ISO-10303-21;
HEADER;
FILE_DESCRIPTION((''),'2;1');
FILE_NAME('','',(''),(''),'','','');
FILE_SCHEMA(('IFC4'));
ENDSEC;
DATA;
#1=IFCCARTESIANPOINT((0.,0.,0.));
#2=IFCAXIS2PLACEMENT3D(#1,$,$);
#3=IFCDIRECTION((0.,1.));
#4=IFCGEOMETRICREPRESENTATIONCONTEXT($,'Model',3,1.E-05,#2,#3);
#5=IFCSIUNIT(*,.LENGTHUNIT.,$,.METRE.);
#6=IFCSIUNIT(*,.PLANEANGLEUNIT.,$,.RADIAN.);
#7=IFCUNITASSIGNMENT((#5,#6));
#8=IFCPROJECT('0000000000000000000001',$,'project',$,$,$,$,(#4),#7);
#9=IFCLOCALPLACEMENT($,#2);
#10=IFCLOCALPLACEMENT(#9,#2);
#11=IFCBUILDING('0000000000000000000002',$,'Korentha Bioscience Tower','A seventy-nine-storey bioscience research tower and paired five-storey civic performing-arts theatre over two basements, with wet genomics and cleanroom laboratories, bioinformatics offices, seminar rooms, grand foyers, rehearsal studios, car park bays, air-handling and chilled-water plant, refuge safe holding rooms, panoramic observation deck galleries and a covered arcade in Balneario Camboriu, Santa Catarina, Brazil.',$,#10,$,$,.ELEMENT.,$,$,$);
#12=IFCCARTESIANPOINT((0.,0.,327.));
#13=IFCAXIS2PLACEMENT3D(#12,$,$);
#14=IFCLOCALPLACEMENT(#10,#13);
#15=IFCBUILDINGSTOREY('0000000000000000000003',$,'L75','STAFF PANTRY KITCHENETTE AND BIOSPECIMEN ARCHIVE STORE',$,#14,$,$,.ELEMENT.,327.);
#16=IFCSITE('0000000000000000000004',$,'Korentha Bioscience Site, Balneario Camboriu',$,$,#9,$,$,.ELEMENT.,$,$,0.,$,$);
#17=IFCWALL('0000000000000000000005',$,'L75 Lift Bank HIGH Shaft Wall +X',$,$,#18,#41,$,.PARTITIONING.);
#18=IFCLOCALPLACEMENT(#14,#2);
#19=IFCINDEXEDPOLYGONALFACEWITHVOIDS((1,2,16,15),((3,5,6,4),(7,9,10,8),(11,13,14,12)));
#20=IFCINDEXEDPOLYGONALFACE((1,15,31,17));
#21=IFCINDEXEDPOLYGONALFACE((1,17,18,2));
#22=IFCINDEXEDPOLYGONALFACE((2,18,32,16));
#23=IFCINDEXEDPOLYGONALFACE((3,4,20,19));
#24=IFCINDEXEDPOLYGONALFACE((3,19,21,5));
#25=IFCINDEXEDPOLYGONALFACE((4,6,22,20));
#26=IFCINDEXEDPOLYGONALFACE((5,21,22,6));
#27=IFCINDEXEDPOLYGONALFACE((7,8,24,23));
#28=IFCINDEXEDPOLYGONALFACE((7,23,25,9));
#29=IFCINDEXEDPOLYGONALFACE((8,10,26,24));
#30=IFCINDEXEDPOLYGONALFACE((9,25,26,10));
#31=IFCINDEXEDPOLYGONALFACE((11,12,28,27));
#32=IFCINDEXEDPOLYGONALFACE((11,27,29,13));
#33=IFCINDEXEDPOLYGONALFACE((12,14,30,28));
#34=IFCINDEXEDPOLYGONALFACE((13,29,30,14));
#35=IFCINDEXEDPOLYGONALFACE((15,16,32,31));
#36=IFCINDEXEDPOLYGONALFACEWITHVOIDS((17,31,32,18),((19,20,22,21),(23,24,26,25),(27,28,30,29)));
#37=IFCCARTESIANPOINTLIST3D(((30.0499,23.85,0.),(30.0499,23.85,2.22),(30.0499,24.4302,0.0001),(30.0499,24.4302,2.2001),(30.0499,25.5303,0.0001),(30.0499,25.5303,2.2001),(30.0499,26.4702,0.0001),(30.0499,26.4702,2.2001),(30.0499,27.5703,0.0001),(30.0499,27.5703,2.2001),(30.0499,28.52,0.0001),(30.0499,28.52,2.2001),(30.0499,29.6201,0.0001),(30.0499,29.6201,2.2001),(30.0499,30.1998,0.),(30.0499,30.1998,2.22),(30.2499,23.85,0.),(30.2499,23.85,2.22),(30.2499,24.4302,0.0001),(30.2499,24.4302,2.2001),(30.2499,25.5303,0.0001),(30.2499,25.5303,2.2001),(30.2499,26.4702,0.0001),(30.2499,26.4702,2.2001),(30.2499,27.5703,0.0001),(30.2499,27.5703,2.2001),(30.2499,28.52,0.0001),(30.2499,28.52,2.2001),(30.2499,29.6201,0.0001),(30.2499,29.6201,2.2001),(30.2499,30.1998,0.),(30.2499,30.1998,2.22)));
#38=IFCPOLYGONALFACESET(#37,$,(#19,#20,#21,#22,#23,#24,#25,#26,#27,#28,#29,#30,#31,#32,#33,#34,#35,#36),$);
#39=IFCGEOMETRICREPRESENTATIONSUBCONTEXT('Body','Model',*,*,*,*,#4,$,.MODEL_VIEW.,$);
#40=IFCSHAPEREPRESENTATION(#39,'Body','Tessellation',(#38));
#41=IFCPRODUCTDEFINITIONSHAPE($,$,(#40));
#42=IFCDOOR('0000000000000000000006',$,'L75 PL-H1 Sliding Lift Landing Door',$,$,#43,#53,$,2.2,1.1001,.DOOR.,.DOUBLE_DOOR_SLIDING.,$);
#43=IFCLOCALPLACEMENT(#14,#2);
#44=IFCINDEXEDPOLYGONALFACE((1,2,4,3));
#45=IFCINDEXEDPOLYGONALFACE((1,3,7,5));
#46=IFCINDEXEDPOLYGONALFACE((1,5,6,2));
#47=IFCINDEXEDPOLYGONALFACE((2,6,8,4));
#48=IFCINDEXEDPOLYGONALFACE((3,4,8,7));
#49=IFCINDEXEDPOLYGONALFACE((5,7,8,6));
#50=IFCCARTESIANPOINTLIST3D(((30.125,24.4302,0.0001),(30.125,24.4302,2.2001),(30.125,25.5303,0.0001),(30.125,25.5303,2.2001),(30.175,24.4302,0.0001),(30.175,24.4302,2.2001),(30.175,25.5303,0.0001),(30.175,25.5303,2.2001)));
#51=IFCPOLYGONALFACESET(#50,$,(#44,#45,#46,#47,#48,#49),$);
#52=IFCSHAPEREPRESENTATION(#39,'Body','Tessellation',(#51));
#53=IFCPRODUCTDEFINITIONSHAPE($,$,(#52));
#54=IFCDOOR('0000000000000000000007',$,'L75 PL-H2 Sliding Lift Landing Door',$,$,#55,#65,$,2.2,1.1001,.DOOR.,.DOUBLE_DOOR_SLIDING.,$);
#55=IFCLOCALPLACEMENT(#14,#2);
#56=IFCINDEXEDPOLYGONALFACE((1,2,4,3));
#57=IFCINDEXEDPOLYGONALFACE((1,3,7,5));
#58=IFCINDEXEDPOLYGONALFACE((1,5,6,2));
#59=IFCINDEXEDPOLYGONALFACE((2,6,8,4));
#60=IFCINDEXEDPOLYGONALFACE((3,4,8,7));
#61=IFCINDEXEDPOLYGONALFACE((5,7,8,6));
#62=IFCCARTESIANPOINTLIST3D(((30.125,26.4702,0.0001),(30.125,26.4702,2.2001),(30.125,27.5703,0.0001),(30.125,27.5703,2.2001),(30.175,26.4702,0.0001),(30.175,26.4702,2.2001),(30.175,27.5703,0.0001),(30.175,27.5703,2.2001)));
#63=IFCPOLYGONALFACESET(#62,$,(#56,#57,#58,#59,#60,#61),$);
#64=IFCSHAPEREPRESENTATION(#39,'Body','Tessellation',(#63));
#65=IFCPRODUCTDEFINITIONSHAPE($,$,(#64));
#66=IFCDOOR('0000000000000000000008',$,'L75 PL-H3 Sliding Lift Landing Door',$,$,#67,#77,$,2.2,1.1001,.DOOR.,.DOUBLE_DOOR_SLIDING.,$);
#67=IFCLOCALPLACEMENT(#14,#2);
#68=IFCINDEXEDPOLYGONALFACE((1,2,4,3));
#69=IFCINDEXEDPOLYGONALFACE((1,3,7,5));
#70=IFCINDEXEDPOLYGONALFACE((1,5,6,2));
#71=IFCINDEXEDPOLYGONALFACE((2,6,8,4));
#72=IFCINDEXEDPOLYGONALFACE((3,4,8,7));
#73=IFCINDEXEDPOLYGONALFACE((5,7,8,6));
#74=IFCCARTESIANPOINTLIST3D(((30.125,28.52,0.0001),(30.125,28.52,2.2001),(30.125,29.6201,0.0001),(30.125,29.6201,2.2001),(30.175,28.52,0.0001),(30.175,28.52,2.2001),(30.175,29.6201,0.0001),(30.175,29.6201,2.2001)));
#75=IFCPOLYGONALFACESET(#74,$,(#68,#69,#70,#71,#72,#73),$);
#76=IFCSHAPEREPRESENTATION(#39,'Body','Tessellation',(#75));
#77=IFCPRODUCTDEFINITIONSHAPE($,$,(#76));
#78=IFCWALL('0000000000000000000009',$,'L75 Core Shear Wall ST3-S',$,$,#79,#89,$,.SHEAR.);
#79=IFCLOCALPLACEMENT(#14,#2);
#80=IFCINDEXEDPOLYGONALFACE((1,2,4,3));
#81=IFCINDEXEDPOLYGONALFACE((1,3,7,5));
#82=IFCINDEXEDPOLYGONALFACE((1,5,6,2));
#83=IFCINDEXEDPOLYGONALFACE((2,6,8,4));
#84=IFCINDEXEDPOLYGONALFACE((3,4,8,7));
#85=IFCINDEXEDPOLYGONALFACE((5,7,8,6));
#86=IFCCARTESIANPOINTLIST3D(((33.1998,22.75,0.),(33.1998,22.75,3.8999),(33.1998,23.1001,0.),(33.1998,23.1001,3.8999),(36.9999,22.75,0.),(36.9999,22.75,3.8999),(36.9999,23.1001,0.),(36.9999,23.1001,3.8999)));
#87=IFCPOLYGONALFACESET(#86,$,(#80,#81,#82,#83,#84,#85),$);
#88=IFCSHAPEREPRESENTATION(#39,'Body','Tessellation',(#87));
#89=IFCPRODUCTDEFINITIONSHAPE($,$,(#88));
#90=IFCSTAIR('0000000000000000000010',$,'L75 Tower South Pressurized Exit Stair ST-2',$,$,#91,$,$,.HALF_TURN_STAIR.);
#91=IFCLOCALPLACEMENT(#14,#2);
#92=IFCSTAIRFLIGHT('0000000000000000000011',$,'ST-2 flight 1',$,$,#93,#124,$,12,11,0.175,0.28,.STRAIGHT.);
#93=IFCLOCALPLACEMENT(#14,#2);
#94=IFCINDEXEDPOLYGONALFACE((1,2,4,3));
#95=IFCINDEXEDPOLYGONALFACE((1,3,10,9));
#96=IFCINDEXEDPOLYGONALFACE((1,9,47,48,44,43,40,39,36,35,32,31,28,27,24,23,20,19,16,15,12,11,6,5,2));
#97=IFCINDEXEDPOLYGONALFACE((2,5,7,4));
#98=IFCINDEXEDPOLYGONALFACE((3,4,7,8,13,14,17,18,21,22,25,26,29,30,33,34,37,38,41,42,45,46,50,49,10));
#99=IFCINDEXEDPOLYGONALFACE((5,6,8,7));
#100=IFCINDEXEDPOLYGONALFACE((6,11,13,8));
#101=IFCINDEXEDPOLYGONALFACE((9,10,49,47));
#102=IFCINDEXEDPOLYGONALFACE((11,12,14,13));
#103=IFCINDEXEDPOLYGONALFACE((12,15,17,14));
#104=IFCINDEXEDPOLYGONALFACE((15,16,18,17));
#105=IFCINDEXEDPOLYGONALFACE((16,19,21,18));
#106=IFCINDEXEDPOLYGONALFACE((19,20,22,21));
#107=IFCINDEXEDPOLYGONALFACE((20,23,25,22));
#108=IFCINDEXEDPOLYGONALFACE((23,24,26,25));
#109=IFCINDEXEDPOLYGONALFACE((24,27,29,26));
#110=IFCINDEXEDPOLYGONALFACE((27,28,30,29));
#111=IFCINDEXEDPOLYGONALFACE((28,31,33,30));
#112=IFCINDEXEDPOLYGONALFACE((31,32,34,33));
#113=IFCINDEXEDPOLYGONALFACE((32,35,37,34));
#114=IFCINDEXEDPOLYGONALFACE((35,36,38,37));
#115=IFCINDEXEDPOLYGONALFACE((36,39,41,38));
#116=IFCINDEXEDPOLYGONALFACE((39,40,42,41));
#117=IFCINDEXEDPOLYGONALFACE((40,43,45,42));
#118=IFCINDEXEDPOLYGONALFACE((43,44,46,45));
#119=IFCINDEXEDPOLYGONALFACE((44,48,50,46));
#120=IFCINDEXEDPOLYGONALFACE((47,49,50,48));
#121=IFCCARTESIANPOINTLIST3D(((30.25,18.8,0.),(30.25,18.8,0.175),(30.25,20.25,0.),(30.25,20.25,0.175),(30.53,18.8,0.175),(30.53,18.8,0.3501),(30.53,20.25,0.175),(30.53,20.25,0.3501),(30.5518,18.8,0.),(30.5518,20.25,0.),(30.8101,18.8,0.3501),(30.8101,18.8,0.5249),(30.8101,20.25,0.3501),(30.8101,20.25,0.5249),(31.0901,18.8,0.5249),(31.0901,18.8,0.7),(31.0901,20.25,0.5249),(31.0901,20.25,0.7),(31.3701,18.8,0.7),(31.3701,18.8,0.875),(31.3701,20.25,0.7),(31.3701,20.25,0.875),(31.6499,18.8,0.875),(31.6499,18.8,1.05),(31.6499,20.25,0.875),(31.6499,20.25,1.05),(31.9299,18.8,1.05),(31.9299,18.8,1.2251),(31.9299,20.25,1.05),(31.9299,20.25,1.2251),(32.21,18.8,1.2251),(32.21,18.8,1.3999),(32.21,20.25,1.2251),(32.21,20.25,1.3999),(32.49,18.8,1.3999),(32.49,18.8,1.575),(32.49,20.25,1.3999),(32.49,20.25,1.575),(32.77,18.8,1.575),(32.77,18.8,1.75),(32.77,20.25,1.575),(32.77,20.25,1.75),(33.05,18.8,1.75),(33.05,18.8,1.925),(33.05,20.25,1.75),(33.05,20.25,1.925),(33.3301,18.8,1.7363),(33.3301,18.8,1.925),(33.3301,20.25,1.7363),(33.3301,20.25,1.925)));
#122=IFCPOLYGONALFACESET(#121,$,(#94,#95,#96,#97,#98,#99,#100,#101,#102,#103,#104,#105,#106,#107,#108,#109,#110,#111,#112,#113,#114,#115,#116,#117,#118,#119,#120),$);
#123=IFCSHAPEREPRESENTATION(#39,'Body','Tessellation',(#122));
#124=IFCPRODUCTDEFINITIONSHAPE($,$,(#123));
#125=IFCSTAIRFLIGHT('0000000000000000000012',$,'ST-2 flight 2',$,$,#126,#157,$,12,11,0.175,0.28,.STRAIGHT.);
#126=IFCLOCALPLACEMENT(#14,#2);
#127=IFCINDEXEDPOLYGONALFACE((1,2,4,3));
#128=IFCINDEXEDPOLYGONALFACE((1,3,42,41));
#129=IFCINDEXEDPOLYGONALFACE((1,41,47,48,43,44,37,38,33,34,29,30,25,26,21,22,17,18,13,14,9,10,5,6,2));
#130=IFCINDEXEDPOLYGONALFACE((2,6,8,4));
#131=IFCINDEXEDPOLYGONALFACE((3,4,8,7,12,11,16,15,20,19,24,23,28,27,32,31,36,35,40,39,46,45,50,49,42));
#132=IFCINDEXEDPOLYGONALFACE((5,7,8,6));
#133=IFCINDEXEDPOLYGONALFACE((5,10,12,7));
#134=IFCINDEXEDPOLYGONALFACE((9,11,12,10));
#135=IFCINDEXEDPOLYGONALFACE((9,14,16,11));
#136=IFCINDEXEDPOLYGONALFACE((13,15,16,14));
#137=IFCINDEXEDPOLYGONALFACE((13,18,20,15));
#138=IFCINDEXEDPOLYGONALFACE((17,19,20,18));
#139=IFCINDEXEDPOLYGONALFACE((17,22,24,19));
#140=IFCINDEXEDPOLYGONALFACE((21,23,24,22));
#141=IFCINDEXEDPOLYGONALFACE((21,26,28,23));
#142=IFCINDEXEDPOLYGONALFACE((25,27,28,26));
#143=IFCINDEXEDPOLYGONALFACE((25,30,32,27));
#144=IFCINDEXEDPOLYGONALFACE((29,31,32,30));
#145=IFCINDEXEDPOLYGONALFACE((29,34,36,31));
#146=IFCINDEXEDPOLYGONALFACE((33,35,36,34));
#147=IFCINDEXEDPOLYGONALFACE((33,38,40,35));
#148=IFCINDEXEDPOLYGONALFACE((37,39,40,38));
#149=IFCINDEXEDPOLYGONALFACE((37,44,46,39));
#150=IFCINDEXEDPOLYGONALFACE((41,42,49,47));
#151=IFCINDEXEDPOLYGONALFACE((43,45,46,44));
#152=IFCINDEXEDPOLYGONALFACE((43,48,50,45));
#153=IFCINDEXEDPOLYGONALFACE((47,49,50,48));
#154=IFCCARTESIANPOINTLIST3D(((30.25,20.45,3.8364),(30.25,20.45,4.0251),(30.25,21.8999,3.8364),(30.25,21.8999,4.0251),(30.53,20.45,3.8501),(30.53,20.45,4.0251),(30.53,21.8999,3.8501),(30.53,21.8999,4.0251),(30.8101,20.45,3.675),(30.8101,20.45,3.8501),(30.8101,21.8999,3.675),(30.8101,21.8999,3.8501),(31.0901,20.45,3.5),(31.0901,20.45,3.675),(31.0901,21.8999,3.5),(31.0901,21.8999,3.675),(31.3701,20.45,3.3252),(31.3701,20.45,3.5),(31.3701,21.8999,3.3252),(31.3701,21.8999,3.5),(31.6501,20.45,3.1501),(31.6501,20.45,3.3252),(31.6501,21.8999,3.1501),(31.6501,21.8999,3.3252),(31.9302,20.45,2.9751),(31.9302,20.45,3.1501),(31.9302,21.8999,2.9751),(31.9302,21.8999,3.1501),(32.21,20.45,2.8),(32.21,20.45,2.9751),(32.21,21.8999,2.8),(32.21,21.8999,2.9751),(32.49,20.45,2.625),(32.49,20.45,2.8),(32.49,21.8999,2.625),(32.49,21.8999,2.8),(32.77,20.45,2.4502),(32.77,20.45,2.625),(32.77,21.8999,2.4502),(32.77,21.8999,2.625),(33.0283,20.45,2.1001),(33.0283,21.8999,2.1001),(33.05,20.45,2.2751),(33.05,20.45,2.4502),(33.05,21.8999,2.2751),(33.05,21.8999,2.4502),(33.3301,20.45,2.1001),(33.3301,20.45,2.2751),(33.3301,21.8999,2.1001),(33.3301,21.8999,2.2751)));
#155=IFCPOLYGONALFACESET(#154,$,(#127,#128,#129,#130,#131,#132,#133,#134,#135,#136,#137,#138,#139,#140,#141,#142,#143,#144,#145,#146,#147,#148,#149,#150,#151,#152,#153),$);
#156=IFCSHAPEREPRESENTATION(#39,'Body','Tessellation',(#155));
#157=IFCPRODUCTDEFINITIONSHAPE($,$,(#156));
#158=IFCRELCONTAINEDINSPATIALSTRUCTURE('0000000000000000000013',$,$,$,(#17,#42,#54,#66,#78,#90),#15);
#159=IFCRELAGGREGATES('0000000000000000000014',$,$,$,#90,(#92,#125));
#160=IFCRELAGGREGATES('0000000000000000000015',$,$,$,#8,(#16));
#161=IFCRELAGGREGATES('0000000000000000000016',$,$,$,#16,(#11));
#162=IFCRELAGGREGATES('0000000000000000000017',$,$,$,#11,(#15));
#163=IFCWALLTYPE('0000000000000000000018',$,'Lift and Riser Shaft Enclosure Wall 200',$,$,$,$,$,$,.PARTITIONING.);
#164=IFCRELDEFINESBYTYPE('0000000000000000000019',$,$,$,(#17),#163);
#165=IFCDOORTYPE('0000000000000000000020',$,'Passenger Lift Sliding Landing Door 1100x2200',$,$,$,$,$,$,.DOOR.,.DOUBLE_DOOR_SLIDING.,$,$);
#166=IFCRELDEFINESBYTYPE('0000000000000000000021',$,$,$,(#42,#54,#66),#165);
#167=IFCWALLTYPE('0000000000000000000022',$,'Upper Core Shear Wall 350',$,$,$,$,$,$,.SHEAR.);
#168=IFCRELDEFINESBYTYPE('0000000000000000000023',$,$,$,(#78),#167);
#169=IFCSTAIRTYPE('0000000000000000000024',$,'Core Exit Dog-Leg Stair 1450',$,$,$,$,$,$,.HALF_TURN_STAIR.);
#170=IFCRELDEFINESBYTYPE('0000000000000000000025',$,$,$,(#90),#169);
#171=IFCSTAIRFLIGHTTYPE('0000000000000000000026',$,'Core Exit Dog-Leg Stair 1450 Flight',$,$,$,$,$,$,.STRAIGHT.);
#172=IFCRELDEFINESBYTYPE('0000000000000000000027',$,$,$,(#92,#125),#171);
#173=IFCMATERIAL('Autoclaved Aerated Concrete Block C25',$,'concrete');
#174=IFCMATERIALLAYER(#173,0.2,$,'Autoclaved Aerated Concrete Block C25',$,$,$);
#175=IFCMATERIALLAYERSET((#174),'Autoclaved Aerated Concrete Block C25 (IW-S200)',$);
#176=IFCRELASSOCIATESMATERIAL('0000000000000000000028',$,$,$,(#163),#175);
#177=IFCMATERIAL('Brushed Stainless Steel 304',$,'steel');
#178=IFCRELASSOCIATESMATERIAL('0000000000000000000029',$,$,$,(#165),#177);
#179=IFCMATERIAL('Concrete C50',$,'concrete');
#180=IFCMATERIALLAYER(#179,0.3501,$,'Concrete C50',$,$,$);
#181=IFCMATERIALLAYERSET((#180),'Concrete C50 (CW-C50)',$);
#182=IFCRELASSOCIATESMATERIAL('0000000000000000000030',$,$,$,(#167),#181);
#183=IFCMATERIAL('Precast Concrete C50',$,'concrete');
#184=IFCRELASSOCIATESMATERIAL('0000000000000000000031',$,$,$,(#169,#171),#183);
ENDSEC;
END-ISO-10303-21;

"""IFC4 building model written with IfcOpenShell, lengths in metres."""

from ifc_helpers import new_model, si_unit, direction, frame, frame_2d, origin, place, context, subcontext, project, spatial, polyline, rectangle, outline, extrude, material, layer, layer_set, type_object, element, fill, aggregate, save


model = new_model("IFC4")

# Units and contexts
model_context = context("Model", 3, precision=1e-05, world=origin(), true_north=direction((0.0, 1.0)))
body_context = subcontext(model_context, "Body", "Model", "MODEL_VIEW")
ifc_project = project(units=[si_unit("LENGTHUNIT", "METRE"), si_unit("PLANEANGLEUNIT", "RADIAN")], contexts=[model_context])

# Site, building, storey
site_placement = place(None, origin())
site = spatial("IfcSite", under=ifc_project, at=site_placement, Name="Korentha Bioscience Site, Balneario Camboriu", CompositionType="ELEMENT", RefElevation=0.0)
building_placement = place(site_placement, origin())
building = spatial("IfcBuilding", under=site, at=building_placement, Name="Korentha Bioscience Tower", Description="A seventy-nine-storey bioscience research tower and paired five-storey civic performing-arts theatre over two basements, with wet genomics and cleanroom laboratories, bioinformatics offices, seminar rooms, grand foyers, rehearsal studios, car park bays, air-handling and chilled-water plant, refuge safe holding rooms, panoramic observation deck galleries and a covered arcade in Balneario Camboriu, Santa Catarina, Brazil.", CompositionType="ELEMENT")
storey_placement = place(building_placement, frame((0.0, 0.0, 327.0)))
storey = spatial("IfcBuildingStorey", under=building, at=storey_placement, Name="L75", Description="STAFF PANTRY KITCHENETTE AND BIOSPECIMEN ARCHIVE STORE", CompositionType="ELEMENT", Elevation=327.0)

# Wall, openings, doors
ifc_material_1 = material(Name="Autoclaved Aerated Concrete Block C25", Category="concrete")
ifc_layer_1 = layer(ifc_material_1, 0.2, Name="Autoclaved Aerated Concrete Block C25")
ifc_layer_set_1 = layer_set([ifc_layer_1], Name="Autoclaved Aerated Concrete Block C25 (IW-S200)")
wall_type_1 = type_object("IfcWallType", Name="Lift and Riser Shaft Enclosure Wall 200", PredefinedType="PARTITIONING", material=ifc_layer_set_1)
wall_1_placement = place(storey_placement, frame((30.1499, 23.8501, 0.0), z_axis=(0.0, 0.0, 1.0), x_axis=(0.0, 1.0, 0.0)))
wall_1 = element("IfcWall", 1, at=wall_1_placement, inside=storey, type_object=wall_type_1, Name="L75 Lift Bank HIGH Shaft Wall +X", PredefinedType="PARTITIONING", context=body_context, shape_type="SweptSolid", body=[
    extrude(rectangle(XDim=6.3499, YDim=0.2, at=frame_2d((3.1748, 0.0))), origin(), (0.0, 0.0, 1.0), 2.22),
])
opening_1_placement = place(wall_1_placement, frame((0.5801, 0.0, 0.0)))
opening_1 = element("IfcOpeningElement", 2, at=opening_1_placement, cuts=wall_1, PredefinedType="OPENING", context=body_context, shape_type="SweptSolid", body=[
    extrude(rectangle(XDim=1.1001, YDim=2.2, at=frame_2d((0.55, 1.1001))), frame((0.0, 0.1147, 0.0), z_axis=(0.0, -1.0, 0.0), x_axis=(1.0, 0.0, 0.0)), (0.0, 0.0, 1.0), 0.2297),
])
opening_2_placement = place(wall_1_placement, frame((2.6201, 0.0, 0.0)))
opening_2 = element("IfcOpeningElement", 3, at=opening_2_placement, cuts=wall_1, PredefinedType="OPENING", context=body_context, shape_type="SweptSolid", body=[
    extrude(rectangle(XDim=1.1001, YDim=2.2, at=frame_2d((0.55, 1.1001))), frame((0.0, 0.1147, 0.0), z_axis=(0.0, -1.0, 0.0), x_axis=(1.0, 0.0, 0.0)), (0.0, 0.0, 1.0), 0.2297),
])
opening_3_placement = place(wall_1_placement, frame((4.6699, 0.0, 0.0)))
opening_3 = element("IfcOpeningElement", 4, at=opening_3_placement, cuts=wall_1, PredefinedType="OPENING", context=body_context, shape_type="SweptSolid", body=[
    extrude(rectangle(XDim=1.1001, YDim=2.2, at=frame_2d((0.55, 1.1001))), frame((0.0, 0.1147, 0.0), z_axis=(0.0, -1.0, 0.0), x_axis=(1.0, 0.0, 0.0)), (0.0, 0.0, 1.0), 0.2297),
])
ifc_material_2 = material(Name="Brushed Stainless Steel 304", Category="steel")
door_type_1 = type_object("IfcDoorType", Name="Passenger Lift Sliding Landing Door 1100x2200", OperationType="DOUBLE_DOOR_SLIDING", PredefinedType="DOOR", material=ifc_material_2)
door_1_placement = place(opening_1_placement, origin())
door_1 = element("IfcDoor", 5, at=door_1_placement, inside=storey, type_object=door_type_1, Name="L75 PL-H1 Sliding Lift Landing Door", OperationType="DOUBLE_DOOR_SLIDING", OverallHeight=2.2, OverallWidth=1.1001, PredefinedType="DOOR", context=body_context, shape_type="SweptSolid", body=[
    extrude(rectangle(XDim=1.1001, YDim=2.2, at=frame_2d((0.55, 1.1001))), frame((0.0, 0.0249, 0.0), z_axis=(0.0, -1.0, 0.0), x_axis=(1.0, 0.0, 0.0)), (0.0, 0.0, 1.0), 0.05),
])
fill(opening_1, door_1)
door_2_placement = place(opening_2_placement, origin())
door_2 = element("IfcDoor", 6, at=door_2_placement, inside=storey, type_object=door_type_1, Name="L75 PL-H2 Sliding Lift Landing Door", OperationType="DOUBLE_DOOR_SLIDING", OverallHeight=2.2, OverallWidth=1.1001, PredefinedType="DOOR", context=body_context, shape_type="SweptSolid", body=[
    extrude(rectangle(XDim=1.1001, YDim=2.2, at=frame_2d((0.55, 1.1001))), frame((0.0, 0.0249, 0.0), z_axis=(0.0, -1.0, 0.0), x_axis=(1.0, 0.0, 0.0)), (0.0, 0.0, 1.0), 0.05),
])
fill(opening_2, door_2)
door_3_placement = place(opening_3_placement, origin())
door_3 = element("IfcDoor", 7, at=door_3_placement, inside=storey, type_object=door_type_1, Name="L75 PL-H3 Sliding Lift Landing Door", OperationType="DOUBLE_DOOR_SLIDING", OverallHeight=2.2, OverallWidth=1.1001, PredefinedType="DOOR", context=body_context, shape_type="SweptSolid", body=[
    extrude(rectangle(XDim=1.1001, YDim=2.2, at=frame_2d((0.55, 1.1001))), frame((0.0, 0.0249, 0.0), z_axis=(0.0, -1.0, 0.0), x_axis=(1.0, 0.0, 0.0)), (0.0, 0.0, 1.0), 0.05),
])
fill(opening_3, door_3)

# Wall
ifc_material_3 = material(Name="Concrete C50", Category="concrete")
ifc_layer_2 = layer(ifc_material_3, 0.3501, Name="Concrete C50")
ifc_layer_set_2 = layer_set([ifc_layer_2], Name="Concrete C50 (CW-C50)")
wall_type_2 = type_object("IfcWallType", Name="Upper Core Shear Wall 350", PredefinedType="SHEAR", material=ifc_layer_set_2)
wall_2_placement = place(storey_placement, frame((33.2, 22.925, 0.0), z_axis=(0.0, 0.0, 1.0), x_axis=(1.0, 0.0, 0.0)))
element("IfcWall", 8, at=wall_2_placement, inside=storey, type_object=wall_type_2, Name="L75 Core Shear Wall ST3-S", PredefinedType="SHEAR", context=body_context, shape_type="SweptSolid", body=[
    extrude(rectangle(XDim=3.8, YDim=0.3501, at=frame_2d((1.8999, 0.0))), origin(), (0.0, 0.0, 1.0), 3.8999),
])

# Stair, stair flights
ifc_material_4 = material(Name="Precast Concrete C50", Category="concrete")
stair_type = type_object("IfcStairType", Name="Core Exit Dog-Leg Stair 1450", PredefinedType="HALF_TURN_STAIR", material=ifc_material_4)
stair_1_placement = place(storey_placement, origin())
stair_1 = element("IfcStair", 9, at=stair_1_placement, inside=storey, type_object=stair_type, Name="L75 Tower South Pressurized Exit Stair ST-2", PredefinedType="HALF_TURN_STAIR")
stair_flight_type = type_object("IfcStairFlightType", Name="Core Exit Dog-Leg Stair 1450 Flight", PredefinedType="STRAIGHT", material=ifc_material_4)
stair_flight_1_placement = place(storey_placement, frame((30.25, 19.5249, 0.0), z_axis=(0.0, 0.0, 1.0), x_axis=(1.0, 0.0, 0.0)))
stair_flight_1 = element("IfcStairFlight", 10, at=stair_flight_1_placement, type_object=stair_flight_type, Name="ST-2 flight 1", NumberOfRisers=12, NumberOfTreads=11, PredefinedType="STRAIGHT", RiserHeight=0.175, TreadLength=0.28, context=body_context, shape_type="SweptSolid", body=[
    extrude(outline(polyline([(0.0, 0.0), (0.0, 0.175), (0.28, 0.175), (0.28, 0.3501), (0.5601, 0.3501), (0.5601, 0.5249), (0.8401, 0.5249), (0.8401, 0.7), (1.1201, 0.7), (1.1201, 0.875), (1.3999, 0.875), (1.3999, 1.05), (1.6799, 1.05), (1.6799, 1.2251), (1.96, 1.2251), (1.96, 1.3999), (2.24, 1.3999), (2.24, 1.575), (2.52, 1.575), (2.52, 1.75), (2.8, 1.75), (2.8, 1.925), (3.0801, 1.925), (3.0801, 2.1001), (3.0801, 1.7363), (0.3018, 0.0), (0.0, 0.0)])), frame((0.0, 0.7251, 0.0), z_axis=(0.0, -1.0, 0.0), x_axis=(1.0, 0.0, 0.0)), (0.0, 0.0, 1.0), 1.45),
])
stair_flight_2_placement = place(storey_placement, frame((33.3301, 21.175, 2.1001), z_axis=(0.0, 0.0, 1.0), x_axis=(-1.0, 0.0, 0.0)))
stair_flight_2 = element("IfcStairFlight", 11, at=stair_flight_2_placement, type_object=stair_flight_type, Name="ST-2 flight 2", NumberOfRisers=12, NumberOfTreads=11, PredefinedType="STRAIGHT", RiserHeight=0.175, TreadLength=0.28, context=body_context, shape_type="SweptSolid", body=[
    extrude(outline(polyline([(0.0, 0.0), (0.0, 0.175), (0.28, 0.175), (0.28, 0.3501), (0.5601, 0.3501), (0.5601, 0.5249), (0.8401, 0.5249), (0.8401, 0.7), (1.1201, 0.7), (1.1201, 0.875), (1.3999, 0.875), (1.3999, 1.05), (1.6799, 1.05), (1.6799, 1.2251), (1.96, 1.2251), (1.96, 1.3999), (2.24, 1.3999), (2.24, 1.575), (2.52, 1.575), (2.52, 1.75), (2.8, 1.75), (2.8, 1.925), (3.0801, 1.925), (3.0801, 2.1001), (3.0801, 1.7363), (0.3018, 0.0), (0.0, 0.0)])), frame((0.0, 0.7251, 0.0), z_axis=(0.0, -1.0, 0.0), x_axis=(1.0, 0.0, 0.0)), (0.0, 0.0, 1.0), 1.45),
])
aggregate(stair_1, [stair_flight_1, stair_flight_2])

save(model, "model.ifc")
